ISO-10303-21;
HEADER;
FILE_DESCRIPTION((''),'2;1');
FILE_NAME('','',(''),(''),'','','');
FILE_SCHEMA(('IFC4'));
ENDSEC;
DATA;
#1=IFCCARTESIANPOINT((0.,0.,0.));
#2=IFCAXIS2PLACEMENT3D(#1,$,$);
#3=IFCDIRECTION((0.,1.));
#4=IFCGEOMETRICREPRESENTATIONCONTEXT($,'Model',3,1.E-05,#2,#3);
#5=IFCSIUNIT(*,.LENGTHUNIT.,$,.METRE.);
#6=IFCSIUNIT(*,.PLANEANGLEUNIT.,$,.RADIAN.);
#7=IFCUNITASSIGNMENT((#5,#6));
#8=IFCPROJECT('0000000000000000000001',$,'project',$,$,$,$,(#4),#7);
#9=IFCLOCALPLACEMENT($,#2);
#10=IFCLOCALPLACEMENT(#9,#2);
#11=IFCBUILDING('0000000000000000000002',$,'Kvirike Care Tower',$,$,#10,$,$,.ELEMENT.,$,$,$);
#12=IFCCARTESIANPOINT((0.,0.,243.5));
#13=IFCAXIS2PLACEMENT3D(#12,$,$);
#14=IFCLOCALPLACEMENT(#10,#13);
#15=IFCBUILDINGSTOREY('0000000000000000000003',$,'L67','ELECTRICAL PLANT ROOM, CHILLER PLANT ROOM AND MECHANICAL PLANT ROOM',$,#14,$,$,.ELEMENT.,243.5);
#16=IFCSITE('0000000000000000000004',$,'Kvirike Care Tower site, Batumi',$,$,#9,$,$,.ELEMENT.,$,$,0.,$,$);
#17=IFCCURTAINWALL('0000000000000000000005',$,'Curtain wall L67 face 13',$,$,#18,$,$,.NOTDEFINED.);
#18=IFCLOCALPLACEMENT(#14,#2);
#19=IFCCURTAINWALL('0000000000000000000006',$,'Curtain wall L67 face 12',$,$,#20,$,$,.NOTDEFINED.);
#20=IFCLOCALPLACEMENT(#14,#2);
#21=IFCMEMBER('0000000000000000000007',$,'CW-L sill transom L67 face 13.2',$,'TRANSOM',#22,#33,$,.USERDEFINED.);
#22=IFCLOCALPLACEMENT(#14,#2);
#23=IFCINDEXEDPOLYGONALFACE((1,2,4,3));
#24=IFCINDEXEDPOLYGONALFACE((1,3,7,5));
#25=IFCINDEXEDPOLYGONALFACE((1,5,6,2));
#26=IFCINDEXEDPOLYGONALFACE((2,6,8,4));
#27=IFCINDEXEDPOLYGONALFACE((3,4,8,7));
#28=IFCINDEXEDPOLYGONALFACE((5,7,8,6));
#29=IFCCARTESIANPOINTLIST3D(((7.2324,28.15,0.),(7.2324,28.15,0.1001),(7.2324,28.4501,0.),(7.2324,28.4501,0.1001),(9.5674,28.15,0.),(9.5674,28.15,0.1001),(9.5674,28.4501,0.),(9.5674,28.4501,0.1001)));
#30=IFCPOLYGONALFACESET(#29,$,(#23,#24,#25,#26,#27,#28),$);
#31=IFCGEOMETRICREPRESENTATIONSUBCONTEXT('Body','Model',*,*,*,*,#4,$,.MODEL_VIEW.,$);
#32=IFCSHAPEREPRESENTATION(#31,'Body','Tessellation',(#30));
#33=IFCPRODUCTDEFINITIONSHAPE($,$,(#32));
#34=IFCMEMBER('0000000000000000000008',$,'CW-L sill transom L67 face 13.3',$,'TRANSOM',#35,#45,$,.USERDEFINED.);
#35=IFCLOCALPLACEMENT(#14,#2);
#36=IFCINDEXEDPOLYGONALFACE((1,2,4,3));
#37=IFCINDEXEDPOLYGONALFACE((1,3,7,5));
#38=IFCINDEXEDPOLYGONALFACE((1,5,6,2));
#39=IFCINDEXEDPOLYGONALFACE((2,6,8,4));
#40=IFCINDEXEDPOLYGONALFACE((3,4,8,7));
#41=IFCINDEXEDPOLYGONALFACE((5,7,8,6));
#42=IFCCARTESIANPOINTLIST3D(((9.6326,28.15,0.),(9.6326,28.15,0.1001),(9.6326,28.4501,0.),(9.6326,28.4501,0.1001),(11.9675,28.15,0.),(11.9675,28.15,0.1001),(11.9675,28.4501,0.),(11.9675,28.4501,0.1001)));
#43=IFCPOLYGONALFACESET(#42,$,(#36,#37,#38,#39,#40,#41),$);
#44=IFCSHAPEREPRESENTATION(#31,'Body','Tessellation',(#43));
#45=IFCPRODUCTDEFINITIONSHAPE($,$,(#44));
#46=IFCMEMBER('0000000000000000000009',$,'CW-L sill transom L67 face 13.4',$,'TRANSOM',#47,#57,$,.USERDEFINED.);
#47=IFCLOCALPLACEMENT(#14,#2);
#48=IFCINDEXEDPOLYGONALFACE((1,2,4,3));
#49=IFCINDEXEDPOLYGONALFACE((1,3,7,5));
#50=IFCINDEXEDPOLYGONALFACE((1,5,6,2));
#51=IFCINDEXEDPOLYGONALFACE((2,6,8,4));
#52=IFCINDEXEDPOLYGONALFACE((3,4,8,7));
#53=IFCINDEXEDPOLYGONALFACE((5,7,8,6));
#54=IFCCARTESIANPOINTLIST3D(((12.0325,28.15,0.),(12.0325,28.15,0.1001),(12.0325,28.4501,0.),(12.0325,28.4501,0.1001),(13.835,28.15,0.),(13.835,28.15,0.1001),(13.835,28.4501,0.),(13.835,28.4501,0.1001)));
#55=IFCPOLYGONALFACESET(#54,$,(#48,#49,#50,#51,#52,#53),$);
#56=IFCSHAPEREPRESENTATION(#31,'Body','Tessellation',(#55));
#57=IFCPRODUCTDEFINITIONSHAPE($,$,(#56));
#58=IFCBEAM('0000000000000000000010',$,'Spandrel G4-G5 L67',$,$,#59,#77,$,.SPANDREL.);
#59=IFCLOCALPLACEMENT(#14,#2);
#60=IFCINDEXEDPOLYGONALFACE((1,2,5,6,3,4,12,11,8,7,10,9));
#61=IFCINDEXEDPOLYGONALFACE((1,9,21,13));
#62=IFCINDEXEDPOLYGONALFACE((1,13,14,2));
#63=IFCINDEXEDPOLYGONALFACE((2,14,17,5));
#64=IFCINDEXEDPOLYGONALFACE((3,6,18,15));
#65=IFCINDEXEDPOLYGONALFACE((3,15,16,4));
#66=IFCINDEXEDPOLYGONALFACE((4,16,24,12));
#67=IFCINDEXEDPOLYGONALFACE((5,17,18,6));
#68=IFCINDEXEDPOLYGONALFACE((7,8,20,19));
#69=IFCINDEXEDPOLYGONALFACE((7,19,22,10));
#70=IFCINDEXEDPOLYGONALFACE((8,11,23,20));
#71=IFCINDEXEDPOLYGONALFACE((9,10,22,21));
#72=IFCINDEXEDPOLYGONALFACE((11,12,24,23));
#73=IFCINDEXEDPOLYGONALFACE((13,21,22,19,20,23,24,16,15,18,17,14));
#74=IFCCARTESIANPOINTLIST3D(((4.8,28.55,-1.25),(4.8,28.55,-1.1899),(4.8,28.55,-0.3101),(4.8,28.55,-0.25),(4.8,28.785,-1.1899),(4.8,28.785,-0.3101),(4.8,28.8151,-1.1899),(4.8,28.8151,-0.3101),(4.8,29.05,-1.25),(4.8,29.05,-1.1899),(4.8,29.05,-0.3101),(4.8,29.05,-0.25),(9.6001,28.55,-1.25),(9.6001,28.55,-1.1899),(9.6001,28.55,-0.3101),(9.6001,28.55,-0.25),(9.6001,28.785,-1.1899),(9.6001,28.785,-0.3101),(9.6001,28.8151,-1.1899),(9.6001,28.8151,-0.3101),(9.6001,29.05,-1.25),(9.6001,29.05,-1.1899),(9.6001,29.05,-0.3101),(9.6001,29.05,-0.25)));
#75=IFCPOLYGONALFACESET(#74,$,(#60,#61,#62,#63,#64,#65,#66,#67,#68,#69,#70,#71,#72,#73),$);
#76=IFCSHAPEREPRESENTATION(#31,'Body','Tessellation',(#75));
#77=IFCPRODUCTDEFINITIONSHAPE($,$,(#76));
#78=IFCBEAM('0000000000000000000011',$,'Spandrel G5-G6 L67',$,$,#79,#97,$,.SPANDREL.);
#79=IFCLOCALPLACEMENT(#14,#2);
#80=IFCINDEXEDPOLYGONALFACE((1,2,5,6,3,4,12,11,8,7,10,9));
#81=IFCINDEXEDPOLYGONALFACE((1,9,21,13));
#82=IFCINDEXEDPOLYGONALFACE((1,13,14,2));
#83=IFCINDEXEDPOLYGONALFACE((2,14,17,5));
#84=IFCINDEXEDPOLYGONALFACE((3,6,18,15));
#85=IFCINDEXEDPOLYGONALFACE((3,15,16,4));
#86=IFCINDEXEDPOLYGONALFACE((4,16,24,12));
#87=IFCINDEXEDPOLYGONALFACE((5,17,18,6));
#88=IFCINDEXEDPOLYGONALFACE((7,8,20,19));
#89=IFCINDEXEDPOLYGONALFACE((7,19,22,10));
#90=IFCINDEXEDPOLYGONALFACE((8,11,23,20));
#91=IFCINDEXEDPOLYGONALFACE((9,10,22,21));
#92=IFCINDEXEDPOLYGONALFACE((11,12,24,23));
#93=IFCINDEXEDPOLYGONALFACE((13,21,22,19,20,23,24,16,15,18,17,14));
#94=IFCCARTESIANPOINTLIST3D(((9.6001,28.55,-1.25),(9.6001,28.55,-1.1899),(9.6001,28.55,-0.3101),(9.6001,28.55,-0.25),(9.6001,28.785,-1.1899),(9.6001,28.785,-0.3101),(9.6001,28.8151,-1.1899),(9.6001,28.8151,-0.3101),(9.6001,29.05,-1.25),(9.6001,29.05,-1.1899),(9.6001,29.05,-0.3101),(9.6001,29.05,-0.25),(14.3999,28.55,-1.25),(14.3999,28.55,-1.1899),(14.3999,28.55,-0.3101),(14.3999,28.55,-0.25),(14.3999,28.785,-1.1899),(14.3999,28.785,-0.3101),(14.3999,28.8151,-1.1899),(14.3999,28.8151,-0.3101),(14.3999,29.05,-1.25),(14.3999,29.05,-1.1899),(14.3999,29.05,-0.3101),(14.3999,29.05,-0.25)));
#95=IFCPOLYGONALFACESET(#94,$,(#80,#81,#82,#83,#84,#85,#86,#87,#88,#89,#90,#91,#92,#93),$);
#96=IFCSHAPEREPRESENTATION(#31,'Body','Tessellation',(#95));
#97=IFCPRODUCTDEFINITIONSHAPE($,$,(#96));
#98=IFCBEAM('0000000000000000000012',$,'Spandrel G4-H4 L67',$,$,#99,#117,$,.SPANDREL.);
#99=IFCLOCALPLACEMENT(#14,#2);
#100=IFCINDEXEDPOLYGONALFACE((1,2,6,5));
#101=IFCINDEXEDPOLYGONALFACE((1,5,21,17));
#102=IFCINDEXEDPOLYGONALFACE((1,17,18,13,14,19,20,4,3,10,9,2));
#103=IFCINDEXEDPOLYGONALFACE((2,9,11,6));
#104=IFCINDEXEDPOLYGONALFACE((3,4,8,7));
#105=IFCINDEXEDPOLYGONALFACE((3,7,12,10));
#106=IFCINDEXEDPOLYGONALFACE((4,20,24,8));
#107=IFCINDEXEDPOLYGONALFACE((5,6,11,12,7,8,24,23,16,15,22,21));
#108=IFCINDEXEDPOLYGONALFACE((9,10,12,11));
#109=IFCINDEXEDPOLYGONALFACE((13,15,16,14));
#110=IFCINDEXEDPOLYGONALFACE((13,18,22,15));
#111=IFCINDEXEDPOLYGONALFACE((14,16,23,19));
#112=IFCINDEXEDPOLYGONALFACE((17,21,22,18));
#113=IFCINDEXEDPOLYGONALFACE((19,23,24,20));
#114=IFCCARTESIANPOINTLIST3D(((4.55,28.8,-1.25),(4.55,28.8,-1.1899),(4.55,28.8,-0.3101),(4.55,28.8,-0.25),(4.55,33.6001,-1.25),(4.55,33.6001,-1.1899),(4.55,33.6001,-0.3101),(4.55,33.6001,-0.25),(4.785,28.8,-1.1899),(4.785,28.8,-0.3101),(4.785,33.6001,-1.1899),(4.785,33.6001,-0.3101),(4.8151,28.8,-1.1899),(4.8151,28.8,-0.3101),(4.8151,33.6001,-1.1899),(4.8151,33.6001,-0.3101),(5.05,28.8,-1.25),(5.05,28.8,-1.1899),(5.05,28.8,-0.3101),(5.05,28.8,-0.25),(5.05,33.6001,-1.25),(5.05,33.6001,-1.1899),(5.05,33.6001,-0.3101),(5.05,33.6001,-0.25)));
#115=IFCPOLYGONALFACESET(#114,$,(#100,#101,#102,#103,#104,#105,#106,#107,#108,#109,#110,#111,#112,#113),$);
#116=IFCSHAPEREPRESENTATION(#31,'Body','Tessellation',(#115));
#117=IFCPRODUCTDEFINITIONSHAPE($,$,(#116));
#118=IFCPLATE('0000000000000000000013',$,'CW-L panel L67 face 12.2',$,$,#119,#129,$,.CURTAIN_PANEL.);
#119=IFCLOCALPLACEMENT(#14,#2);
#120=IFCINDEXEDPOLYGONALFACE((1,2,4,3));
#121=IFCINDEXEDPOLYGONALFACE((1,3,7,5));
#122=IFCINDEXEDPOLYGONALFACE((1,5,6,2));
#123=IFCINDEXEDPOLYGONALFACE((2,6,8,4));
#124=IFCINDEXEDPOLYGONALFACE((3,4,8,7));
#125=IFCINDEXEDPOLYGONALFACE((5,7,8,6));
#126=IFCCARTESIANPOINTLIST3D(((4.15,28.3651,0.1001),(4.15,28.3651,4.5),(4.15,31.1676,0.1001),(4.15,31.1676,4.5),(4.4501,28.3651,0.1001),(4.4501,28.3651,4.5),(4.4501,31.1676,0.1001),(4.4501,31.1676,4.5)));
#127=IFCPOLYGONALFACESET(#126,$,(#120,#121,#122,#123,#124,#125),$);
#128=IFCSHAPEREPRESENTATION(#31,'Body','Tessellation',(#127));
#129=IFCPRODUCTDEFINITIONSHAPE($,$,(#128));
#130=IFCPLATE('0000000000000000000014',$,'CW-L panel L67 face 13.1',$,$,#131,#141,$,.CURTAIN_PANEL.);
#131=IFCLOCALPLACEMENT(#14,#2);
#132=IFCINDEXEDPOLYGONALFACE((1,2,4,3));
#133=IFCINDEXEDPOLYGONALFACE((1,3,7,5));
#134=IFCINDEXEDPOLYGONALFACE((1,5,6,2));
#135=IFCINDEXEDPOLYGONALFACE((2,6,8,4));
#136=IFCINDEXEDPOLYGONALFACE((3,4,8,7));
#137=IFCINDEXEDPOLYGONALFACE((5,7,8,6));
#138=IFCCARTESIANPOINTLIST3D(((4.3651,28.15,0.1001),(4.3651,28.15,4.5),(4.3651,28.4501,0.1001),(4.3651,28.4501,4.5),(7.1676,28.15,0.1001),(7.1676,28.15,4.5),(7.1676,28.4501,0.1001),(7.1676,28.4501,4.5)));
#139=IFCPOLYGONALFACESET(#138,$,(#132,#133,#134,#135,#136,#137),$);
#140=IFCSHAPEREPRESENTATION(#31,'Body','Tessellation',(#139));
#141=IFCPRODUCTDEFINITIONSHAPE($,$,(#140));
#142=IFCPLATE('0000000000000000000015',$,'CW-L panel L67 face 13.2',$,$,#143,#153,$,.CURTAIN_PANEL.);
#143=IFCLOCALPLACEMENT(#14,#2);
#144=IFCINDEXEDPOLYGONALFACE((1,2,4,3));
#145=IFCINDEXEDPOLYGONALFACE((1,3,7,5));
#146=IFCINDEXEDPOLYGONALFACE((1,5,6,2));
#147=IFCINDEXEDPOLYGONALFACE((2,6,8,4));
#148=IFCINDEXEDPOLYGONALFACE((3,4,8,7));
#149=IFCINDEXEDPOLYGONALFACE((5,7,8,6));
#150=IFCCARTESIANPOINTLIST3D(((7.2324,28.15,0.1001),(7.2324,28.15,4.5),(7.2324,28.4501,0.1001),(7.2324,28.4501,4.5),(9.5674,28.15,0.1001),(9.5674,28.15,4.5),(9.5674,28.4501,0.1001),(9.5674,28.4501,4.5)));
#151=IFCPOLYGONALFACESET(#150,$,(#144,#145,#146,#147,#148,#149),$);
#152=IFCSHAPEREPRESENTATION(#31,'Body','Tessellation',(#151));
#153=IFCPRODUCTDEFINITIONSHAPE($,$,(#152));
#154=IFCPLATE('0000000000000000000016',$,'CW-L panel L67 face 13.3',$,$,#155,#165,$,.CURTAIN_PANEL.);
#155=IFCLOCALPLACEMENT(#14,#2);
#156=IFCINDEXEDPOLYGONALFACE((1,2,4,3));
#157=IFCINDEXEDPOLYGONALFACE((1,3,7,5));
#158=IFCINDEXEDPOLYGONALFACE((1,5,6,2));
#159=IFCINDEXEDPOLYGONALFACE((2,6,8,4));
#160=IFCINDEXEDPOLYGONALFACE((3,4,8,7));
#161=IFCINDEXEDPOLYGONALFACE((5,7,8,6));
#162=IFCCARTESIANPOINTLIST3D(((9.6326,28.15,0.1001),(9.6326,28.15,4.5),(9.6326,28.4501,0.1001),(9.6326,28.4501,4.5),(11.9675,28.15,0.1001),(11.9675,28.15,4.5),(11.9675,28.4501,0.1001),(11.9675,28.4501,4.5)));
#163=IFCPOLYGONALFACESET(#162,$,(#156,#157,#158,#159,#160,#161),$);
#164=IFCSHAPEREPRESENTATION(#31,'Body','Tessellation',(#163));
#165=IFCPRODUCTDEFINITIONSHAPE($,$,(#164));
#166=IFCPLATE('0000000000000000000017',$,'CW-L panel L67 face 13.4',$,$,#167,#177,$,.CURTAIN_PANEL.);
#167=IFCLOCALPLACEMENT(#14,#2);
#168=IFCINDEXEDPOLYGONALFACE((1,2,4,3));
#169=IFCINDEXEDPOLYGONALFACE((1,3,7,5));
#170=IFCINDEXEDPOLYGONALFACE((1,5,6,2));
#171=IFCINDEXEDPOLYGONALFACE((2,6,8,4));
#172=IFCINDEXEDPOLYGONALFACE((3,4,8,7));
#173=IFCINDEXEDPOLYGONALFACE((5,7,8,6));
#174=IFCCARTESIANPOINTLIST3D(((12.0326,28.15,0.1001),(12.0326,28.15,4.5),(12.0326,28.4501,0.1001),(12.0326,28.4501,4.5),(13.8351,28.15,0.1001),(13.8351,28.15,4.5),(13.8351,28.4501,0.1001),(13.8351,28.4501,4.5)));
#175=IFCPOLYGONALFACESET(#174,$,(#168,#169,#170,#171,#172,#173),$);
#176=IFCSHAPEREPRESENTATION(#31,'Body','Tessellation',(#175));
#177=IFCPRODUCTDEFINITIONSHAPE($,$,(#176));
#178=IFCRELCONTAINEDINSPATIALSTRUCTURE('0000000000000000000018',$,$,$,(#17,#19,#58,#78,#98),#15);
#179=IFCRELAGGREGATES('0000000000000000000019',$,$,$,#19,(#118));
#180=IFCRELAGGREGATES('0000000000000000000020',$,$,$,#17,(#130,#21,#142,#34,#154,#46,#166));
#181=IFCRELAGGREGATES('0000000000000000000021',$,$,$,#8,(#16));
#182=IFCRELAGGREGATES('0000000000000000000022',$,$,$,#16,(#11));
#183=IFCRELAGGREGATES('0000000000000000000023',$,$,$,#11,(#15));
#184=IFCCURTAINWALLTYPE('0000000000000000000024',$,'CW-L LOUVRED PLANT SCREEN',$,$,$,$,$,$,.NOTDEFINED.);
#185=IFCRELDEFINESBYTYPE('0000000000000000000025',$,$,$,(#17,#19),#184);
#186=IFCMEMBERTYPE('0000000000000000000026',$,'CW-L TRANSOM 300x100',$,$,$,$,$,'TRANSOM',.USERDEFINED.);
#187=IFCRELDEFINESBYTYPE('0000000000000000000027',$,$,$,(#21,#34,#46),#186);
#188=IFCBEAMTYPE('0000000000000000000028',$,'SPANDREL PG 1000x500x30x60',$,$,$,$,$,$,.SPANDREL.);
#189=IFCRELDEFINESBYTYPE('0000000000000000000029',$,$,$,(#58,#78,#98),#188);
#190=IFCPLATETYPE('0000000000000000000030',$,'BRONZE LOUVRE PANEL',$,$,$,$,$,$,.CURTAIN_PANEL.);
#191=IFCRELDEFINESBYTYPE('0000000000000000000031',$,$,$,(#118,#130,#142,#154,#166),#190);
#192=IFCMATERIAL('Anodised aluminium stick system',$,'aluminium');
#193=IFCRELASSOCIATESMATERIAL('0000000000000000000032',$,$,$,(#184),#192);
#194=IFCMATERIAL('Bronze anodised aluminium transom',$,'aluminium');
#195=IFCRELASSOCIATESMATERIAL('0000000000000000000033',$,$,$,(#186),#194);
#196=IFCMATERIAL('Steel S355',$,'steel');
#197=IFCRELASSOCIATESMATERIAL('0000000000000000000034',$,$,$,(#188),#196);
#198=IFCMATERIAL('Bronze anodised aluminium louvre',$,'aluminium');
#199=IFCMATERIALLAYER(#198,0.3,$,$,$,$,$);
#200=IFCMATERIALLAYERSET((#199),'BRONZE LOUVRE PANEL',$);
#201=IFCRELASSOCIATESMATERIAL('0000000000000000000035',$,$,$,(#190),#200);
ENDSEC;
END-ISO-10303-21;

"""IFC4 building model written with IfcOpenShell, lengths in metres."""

from ifc_helpers import new_model, si_unit, direction, frame, origin, origin_2d, place, context, subcontext, project, spatial, rectangle, i_section, extrude, material, layer, layer_set, material_profile, profile_set, type_object, element, aggregate, save


model = new_model("IFC4")

# Units and contexts
model_context = context("Model", 3, precision=1e-05, world=origin(), true_north=direction((0.0, 1.0)))
body_context = subcontext(model_context, "Body", "Model", "MODEL_VIEW")
ifc_project = project(units=[si_unit("LENGTHUNIT", "METRE"), si_unit("PLANEANGLEUNIT", "RADIAN")], contexts=[model_context])

# Site, building, storey
site_placement = place(None, origin())
site = spatial("IfcSite", under=ifc_project, at=site_placement, Name="Kvirike Care Tower site, Batumi", CompositionType="ELEMENT", RefElevation=0.0)
building_placement = place(site_placement, origin())
building = spatial("IfcBuilding", under=site, at=building_placement, Name="Kvirike Care Tower", CompositionType="ELEMENT")
storey_placement = place(building_placement, frame((0.0, 0.0, 243.5)))
storey = spatial("IfcBuildingStorey", under=building, at=storey_placement, Name="L67", Description="ELECTRICAL PLANT ROOM, CHILLER PLANT ROOM AND MECHANICAL PLANT ROOM", CompositionType="ELEMENT", Elevation=243.5)

# Curtain wall
ifc_material_1 = material(Name="Anodised aluminium stick system", Category="aluminium")
curtain_wall_type = type_object("IfcCurtainWallType", Name="CW-L LOUVRED PLANT SCREEN", PredefinedType="NOTDEFINED", material=ifc_material_1)
curtain_wall_1_placement = place(storey_placement, origin())
curtain_wall_1 = element("IfcCurtainWall", 1, at=curtain_wall_1_placement, inside=storey, type_object=curtain_wall_type, Name="Curtain wall L67 face 13", PredefinedType="NOTDEFINED")

# Curtain wall
curtain_wall_2_placement = place(storey_placement, origin())
curtain_wall_2 = element("IfcCurtainWall", 2, at=curtain_wall_2_placement, inside=storey, type_object=curtain_wall_type, Name="Curtain wall L67 face 12", PredefinedType="NOTDEFINED")

# Members
ifc_material_2 = material(Name="Bronze anodised aluminium transom", Category="aluminium")
ifc_material_profile_1 = material_profile(ifc_material_2, rectangle(XDim=0.3, YDim=0.1001, at=origin_2d()), Name="CW-L TRANSOM 300x100")
ifc_profile_set_1 = profile_set([ifc_material_profile_1], Name="Bronze anodised aluminium transom")
member_type_1 = type_object("IfcMemberType", Name="CW-L TRANSOM 300x100", ElementType="TRANSOM", PredefinedType="USERDEFINED", material=ifc_profile_set_1)
member_1_placement = place(storey_placement, frame((7.2324, 28.3, 0.05), z_axis=(1.0, 0.0, 0.0), x_axis=(0.0, 1.0, 0.0)))
member_1 = element("IfcMember", 3, at=member_1_placement, type_object=member_type_1, Name="CW-L sill transom L67 face 13.2", ObjectType="TRANSOM", PredefinedType="USERDEFINED", context=body_context, shape_type="SweptSolid", body=[
    extrude(rectangle(XDim=0.3, YDim=0.1001, at=origin_2d()), origin(), (0.0, 0.0, 1.0), 2.335),
])
member_2_placement = place(storey_placement, frame((9.6326, 28.3, 0.05), z_axis=(1.0, 0.0, 0.0), x_axis=(0.0, 1.0, 0.0)))
member_2 = element("IfcMember", 4, at=member_2_placement, type_object=member_type_1, Name="CW-L sill transom L67 face 13.3", ObjectType="TRANSOM", PredefinedType="USERDEFINED", context=body_context, shape_type="SweptSolid", body=[
    extrude(rectangle(XDim=0.3, YDim=0.1001, at=origin_2d()), origin(), (0.0, 0.0, 1.0), 2.335),
])
member_3_placement = place(storey_placement, frame((12.0325, 28.3, 0.05), z_axis=(1.0, 0.0, 0.0), x_axis=(0.0, 1.0, 0.0)))
member_3 = element("IfcMember", 5, at=member_3_placement, type_object=member_type_1, Name="CW-L sill transom L67 face 13.4", ObjectType="TRANSOM", PredefinedType="USERDEFINED", context=body_context, shape_type="SweptSolid", body=[
    extrude(rectangle(XDim=0.3, YDim=0.1001, at=origin_2d()), origin(), (0.0, 0.0, 1.0), 1.8025),
])

# Beams
ifc_material_3 = material(Name="Steel S355", Category="steel")
ifc_material_profile_2 = material_profile(ifc_material_3, i_section(OverallWidth=0.5, OverallDepth=1.0, WebThickness=0.03, FlangeThickness=0.0601, at=origin_2d()), Name="PG 1000x500x30x60")
ifc_profile_set_2 = profile_set([ifc_material_profile_2], Name="Steel S355")
beam_type = type_object("IfcBeamType", Name="SPANDREL PG 1000x500x30x60", PredefinedType="SPANDREL", material=ifc_profile_set_2)
beam_1_placement = place(storey_placement, frame((4.8, 28.8, -0.75), z_axis=(1.0, 0.0, 0.0), x_axis=(0.0, 1.0, 0.0)))
element("IfcBeam", 6, at=beam_1_placement, inside=storey, type_object=beam_type, Name="Spandrel G4-G5 L67", PredefinedType="SPANDREL", context=body_context, shape_type="SweptSolid", body=[
    extrude(i_section(OverallWidth=0.5, OverallDepth=1.0, WebThickness=0.03, FlangeThickness=0.0601, at=origin_2d()), origin(), (0.0, 0.0, 1.0), 4.8),
])
beam_2_placement = place(storey_placement, frame((9.6001, 28.8, -0.75), z_axis=(1.0, 0.0, 0.0), x_axis=(0.0, 1.0, 0.0)))
element("IfcBeam", 7, at=beam_2_placement, inside=storey, type_object=beam_type, Name="Spandrel G5-G6 L67", PredefinedType="SPANDREL", context=body_context, shape_type="SweptSolid", body=[
    extrude(i_section(OverallWidth=0.5, OverallDepth=1.0, WebThickness=0.03, FlangeThickness=0.0601, at=origin_2d()), origin(), (0.0, 0.0, 1.0), 4.7998),
])
beam_3_placement = place(storey_placement, frame((4.8, 28.8, -0.75), z_axis=(0.0, 1.0, 0.0), x_axis=(-1.0, 0.0, 0.0)))
element("IfcBeam", 8, at=beam_3_placement, inside=storey, type_object=beam_type, Name="Spandrel G4-H4 L67", PredefinedType="SPANDREL", context=body_context, shape_type="SweptSolid", body=[
    extrude(i_section(OverallWidth=0.5, OverallDepth=1.0, WebThickness=0.03, FlangeThickness=0.0601, at=origin_2d()), origin(), (0.0, 0.0, 1.0), 4.8),
])

# Plates
ifc_material_4 = material(Name="Bronze anodised aluminium louvre", Category="aluminium")
ifc_layer = layer(ifc_material_4, 0.3)
ifc_layer_set = layer_set([ifc_layer], Name="BRONZE LOUVRE PANEL")
plate_type = type_object("IfcPlateType", Name="BRONZE LOUVRE PANEL", PredefinedType="CURTAIN_PANEL", material=ifc_layer_set)
plate_1_placement = place(storey_placement, frame((4.3, 29.7664, 0.1001), z_axis=(0.0, 0.0, 1.0), x_axis=(0.0, -1.0, 0.0)))
plate_1 = element("IfcPlate", 9, at=plate_1_placement, type_object=plate_type, Name="CW-L panel L67 face 12.2", PredefinedType="CURTAIN_PANEL", context=body_context, shape_type="SweptSolid", body=[
    extrude(rectangle(XDim=2.8025, YDim=0.3, at=origin_2d()), origin(), (0.0, 0.0, 1.0), 4.3999),
])
aggregate(curtain_wall_2, [plate_1])
plate_2_placement = place(storey_placement, frame((5.7664, 28.3, 0.1001), z_axis=(0.0, 0.0, 1.0), x_axis=(1.0, 0.0, 0.0)))
plate_2 = element("IfcPlate", 10, at=plate_2_placement, type_object=plate_type, Name="CW-L panel L67 face 13.1", PredefinedType="CURTAIN_PANEL", context=body_context, shape_type="SweptSolid", body=[
    extrude(rectangle(XDim=2.8025, YDim=0.3, at=origin_2d()), origin(), (0.0, 0.0, 1.0), 4.3999),
])
plate_3_placement = place(storey_placement, frame((8.3999, 28.3, 0.1001), z_axis=(0.0, 0.0, 1.0), x_axis=(1.0, 0.0, 0.0)))
plate_3 = element("IfcPlate", 11, at=plate_3_placement, type_object=plate_type, Name="CW-L panel L67 face 13.2", PredefinedType="CURTAIN_PANEL", context=body_context, shape_type="SweptSolid", body=[
    extrude(rectangle(XDim=2.335, YDim=0.3, at=origin_2d()), origin(), (0.0, 0.0, 1.0), 4.3999),
])
plate_4_placement = place(storey_placement, frame((10.8, 28.3, 0.1001), z_axis=(0.0, 0.0, 1.0), x_axis=(1.0, 0.0, 0.0)))
plate_4 = element("IfcPlate", 12, at=plate_4_placement, type_object=plate_type, Name="CW-L panel L67 face 13.3", PredefinedType="CURTAIN_PANEL", context=body_context, shape_type="SweptSolid", body=[
    extrude(rectangle(XDim=2.335, YDim=0.3, at=origin_2d()), origin(), (0.0, 0.0, 1.0), 4.3999),
])
plate_5_placement = place(storey_placement, frame((12.9338, 28.3, 0.1001), z_axis=(0.0, 0.0, 1.0), x_axis=(1.0, 0.0, 0.0)))
plate_5 = element("IfcPlate", 13, at=plate_5_placement, type_object=plate_type, Name="CW-L panel L67 face 13.4", PredefinedType="CURTAIN_PANEL", context=body_context, shape_type="SweptSolid", body=[
    extrude(rectangle(XDim=1.8025, YDim=0.3, at=origin_2d()), origin(), (0.0, 0.0, 1.0), 4.3999),
])
aggregate(curtain_wall_1, [plate_2, member_1, plate_3, member_2, plate_4, member_3, plate_5])

save(model, "model.ifc")
